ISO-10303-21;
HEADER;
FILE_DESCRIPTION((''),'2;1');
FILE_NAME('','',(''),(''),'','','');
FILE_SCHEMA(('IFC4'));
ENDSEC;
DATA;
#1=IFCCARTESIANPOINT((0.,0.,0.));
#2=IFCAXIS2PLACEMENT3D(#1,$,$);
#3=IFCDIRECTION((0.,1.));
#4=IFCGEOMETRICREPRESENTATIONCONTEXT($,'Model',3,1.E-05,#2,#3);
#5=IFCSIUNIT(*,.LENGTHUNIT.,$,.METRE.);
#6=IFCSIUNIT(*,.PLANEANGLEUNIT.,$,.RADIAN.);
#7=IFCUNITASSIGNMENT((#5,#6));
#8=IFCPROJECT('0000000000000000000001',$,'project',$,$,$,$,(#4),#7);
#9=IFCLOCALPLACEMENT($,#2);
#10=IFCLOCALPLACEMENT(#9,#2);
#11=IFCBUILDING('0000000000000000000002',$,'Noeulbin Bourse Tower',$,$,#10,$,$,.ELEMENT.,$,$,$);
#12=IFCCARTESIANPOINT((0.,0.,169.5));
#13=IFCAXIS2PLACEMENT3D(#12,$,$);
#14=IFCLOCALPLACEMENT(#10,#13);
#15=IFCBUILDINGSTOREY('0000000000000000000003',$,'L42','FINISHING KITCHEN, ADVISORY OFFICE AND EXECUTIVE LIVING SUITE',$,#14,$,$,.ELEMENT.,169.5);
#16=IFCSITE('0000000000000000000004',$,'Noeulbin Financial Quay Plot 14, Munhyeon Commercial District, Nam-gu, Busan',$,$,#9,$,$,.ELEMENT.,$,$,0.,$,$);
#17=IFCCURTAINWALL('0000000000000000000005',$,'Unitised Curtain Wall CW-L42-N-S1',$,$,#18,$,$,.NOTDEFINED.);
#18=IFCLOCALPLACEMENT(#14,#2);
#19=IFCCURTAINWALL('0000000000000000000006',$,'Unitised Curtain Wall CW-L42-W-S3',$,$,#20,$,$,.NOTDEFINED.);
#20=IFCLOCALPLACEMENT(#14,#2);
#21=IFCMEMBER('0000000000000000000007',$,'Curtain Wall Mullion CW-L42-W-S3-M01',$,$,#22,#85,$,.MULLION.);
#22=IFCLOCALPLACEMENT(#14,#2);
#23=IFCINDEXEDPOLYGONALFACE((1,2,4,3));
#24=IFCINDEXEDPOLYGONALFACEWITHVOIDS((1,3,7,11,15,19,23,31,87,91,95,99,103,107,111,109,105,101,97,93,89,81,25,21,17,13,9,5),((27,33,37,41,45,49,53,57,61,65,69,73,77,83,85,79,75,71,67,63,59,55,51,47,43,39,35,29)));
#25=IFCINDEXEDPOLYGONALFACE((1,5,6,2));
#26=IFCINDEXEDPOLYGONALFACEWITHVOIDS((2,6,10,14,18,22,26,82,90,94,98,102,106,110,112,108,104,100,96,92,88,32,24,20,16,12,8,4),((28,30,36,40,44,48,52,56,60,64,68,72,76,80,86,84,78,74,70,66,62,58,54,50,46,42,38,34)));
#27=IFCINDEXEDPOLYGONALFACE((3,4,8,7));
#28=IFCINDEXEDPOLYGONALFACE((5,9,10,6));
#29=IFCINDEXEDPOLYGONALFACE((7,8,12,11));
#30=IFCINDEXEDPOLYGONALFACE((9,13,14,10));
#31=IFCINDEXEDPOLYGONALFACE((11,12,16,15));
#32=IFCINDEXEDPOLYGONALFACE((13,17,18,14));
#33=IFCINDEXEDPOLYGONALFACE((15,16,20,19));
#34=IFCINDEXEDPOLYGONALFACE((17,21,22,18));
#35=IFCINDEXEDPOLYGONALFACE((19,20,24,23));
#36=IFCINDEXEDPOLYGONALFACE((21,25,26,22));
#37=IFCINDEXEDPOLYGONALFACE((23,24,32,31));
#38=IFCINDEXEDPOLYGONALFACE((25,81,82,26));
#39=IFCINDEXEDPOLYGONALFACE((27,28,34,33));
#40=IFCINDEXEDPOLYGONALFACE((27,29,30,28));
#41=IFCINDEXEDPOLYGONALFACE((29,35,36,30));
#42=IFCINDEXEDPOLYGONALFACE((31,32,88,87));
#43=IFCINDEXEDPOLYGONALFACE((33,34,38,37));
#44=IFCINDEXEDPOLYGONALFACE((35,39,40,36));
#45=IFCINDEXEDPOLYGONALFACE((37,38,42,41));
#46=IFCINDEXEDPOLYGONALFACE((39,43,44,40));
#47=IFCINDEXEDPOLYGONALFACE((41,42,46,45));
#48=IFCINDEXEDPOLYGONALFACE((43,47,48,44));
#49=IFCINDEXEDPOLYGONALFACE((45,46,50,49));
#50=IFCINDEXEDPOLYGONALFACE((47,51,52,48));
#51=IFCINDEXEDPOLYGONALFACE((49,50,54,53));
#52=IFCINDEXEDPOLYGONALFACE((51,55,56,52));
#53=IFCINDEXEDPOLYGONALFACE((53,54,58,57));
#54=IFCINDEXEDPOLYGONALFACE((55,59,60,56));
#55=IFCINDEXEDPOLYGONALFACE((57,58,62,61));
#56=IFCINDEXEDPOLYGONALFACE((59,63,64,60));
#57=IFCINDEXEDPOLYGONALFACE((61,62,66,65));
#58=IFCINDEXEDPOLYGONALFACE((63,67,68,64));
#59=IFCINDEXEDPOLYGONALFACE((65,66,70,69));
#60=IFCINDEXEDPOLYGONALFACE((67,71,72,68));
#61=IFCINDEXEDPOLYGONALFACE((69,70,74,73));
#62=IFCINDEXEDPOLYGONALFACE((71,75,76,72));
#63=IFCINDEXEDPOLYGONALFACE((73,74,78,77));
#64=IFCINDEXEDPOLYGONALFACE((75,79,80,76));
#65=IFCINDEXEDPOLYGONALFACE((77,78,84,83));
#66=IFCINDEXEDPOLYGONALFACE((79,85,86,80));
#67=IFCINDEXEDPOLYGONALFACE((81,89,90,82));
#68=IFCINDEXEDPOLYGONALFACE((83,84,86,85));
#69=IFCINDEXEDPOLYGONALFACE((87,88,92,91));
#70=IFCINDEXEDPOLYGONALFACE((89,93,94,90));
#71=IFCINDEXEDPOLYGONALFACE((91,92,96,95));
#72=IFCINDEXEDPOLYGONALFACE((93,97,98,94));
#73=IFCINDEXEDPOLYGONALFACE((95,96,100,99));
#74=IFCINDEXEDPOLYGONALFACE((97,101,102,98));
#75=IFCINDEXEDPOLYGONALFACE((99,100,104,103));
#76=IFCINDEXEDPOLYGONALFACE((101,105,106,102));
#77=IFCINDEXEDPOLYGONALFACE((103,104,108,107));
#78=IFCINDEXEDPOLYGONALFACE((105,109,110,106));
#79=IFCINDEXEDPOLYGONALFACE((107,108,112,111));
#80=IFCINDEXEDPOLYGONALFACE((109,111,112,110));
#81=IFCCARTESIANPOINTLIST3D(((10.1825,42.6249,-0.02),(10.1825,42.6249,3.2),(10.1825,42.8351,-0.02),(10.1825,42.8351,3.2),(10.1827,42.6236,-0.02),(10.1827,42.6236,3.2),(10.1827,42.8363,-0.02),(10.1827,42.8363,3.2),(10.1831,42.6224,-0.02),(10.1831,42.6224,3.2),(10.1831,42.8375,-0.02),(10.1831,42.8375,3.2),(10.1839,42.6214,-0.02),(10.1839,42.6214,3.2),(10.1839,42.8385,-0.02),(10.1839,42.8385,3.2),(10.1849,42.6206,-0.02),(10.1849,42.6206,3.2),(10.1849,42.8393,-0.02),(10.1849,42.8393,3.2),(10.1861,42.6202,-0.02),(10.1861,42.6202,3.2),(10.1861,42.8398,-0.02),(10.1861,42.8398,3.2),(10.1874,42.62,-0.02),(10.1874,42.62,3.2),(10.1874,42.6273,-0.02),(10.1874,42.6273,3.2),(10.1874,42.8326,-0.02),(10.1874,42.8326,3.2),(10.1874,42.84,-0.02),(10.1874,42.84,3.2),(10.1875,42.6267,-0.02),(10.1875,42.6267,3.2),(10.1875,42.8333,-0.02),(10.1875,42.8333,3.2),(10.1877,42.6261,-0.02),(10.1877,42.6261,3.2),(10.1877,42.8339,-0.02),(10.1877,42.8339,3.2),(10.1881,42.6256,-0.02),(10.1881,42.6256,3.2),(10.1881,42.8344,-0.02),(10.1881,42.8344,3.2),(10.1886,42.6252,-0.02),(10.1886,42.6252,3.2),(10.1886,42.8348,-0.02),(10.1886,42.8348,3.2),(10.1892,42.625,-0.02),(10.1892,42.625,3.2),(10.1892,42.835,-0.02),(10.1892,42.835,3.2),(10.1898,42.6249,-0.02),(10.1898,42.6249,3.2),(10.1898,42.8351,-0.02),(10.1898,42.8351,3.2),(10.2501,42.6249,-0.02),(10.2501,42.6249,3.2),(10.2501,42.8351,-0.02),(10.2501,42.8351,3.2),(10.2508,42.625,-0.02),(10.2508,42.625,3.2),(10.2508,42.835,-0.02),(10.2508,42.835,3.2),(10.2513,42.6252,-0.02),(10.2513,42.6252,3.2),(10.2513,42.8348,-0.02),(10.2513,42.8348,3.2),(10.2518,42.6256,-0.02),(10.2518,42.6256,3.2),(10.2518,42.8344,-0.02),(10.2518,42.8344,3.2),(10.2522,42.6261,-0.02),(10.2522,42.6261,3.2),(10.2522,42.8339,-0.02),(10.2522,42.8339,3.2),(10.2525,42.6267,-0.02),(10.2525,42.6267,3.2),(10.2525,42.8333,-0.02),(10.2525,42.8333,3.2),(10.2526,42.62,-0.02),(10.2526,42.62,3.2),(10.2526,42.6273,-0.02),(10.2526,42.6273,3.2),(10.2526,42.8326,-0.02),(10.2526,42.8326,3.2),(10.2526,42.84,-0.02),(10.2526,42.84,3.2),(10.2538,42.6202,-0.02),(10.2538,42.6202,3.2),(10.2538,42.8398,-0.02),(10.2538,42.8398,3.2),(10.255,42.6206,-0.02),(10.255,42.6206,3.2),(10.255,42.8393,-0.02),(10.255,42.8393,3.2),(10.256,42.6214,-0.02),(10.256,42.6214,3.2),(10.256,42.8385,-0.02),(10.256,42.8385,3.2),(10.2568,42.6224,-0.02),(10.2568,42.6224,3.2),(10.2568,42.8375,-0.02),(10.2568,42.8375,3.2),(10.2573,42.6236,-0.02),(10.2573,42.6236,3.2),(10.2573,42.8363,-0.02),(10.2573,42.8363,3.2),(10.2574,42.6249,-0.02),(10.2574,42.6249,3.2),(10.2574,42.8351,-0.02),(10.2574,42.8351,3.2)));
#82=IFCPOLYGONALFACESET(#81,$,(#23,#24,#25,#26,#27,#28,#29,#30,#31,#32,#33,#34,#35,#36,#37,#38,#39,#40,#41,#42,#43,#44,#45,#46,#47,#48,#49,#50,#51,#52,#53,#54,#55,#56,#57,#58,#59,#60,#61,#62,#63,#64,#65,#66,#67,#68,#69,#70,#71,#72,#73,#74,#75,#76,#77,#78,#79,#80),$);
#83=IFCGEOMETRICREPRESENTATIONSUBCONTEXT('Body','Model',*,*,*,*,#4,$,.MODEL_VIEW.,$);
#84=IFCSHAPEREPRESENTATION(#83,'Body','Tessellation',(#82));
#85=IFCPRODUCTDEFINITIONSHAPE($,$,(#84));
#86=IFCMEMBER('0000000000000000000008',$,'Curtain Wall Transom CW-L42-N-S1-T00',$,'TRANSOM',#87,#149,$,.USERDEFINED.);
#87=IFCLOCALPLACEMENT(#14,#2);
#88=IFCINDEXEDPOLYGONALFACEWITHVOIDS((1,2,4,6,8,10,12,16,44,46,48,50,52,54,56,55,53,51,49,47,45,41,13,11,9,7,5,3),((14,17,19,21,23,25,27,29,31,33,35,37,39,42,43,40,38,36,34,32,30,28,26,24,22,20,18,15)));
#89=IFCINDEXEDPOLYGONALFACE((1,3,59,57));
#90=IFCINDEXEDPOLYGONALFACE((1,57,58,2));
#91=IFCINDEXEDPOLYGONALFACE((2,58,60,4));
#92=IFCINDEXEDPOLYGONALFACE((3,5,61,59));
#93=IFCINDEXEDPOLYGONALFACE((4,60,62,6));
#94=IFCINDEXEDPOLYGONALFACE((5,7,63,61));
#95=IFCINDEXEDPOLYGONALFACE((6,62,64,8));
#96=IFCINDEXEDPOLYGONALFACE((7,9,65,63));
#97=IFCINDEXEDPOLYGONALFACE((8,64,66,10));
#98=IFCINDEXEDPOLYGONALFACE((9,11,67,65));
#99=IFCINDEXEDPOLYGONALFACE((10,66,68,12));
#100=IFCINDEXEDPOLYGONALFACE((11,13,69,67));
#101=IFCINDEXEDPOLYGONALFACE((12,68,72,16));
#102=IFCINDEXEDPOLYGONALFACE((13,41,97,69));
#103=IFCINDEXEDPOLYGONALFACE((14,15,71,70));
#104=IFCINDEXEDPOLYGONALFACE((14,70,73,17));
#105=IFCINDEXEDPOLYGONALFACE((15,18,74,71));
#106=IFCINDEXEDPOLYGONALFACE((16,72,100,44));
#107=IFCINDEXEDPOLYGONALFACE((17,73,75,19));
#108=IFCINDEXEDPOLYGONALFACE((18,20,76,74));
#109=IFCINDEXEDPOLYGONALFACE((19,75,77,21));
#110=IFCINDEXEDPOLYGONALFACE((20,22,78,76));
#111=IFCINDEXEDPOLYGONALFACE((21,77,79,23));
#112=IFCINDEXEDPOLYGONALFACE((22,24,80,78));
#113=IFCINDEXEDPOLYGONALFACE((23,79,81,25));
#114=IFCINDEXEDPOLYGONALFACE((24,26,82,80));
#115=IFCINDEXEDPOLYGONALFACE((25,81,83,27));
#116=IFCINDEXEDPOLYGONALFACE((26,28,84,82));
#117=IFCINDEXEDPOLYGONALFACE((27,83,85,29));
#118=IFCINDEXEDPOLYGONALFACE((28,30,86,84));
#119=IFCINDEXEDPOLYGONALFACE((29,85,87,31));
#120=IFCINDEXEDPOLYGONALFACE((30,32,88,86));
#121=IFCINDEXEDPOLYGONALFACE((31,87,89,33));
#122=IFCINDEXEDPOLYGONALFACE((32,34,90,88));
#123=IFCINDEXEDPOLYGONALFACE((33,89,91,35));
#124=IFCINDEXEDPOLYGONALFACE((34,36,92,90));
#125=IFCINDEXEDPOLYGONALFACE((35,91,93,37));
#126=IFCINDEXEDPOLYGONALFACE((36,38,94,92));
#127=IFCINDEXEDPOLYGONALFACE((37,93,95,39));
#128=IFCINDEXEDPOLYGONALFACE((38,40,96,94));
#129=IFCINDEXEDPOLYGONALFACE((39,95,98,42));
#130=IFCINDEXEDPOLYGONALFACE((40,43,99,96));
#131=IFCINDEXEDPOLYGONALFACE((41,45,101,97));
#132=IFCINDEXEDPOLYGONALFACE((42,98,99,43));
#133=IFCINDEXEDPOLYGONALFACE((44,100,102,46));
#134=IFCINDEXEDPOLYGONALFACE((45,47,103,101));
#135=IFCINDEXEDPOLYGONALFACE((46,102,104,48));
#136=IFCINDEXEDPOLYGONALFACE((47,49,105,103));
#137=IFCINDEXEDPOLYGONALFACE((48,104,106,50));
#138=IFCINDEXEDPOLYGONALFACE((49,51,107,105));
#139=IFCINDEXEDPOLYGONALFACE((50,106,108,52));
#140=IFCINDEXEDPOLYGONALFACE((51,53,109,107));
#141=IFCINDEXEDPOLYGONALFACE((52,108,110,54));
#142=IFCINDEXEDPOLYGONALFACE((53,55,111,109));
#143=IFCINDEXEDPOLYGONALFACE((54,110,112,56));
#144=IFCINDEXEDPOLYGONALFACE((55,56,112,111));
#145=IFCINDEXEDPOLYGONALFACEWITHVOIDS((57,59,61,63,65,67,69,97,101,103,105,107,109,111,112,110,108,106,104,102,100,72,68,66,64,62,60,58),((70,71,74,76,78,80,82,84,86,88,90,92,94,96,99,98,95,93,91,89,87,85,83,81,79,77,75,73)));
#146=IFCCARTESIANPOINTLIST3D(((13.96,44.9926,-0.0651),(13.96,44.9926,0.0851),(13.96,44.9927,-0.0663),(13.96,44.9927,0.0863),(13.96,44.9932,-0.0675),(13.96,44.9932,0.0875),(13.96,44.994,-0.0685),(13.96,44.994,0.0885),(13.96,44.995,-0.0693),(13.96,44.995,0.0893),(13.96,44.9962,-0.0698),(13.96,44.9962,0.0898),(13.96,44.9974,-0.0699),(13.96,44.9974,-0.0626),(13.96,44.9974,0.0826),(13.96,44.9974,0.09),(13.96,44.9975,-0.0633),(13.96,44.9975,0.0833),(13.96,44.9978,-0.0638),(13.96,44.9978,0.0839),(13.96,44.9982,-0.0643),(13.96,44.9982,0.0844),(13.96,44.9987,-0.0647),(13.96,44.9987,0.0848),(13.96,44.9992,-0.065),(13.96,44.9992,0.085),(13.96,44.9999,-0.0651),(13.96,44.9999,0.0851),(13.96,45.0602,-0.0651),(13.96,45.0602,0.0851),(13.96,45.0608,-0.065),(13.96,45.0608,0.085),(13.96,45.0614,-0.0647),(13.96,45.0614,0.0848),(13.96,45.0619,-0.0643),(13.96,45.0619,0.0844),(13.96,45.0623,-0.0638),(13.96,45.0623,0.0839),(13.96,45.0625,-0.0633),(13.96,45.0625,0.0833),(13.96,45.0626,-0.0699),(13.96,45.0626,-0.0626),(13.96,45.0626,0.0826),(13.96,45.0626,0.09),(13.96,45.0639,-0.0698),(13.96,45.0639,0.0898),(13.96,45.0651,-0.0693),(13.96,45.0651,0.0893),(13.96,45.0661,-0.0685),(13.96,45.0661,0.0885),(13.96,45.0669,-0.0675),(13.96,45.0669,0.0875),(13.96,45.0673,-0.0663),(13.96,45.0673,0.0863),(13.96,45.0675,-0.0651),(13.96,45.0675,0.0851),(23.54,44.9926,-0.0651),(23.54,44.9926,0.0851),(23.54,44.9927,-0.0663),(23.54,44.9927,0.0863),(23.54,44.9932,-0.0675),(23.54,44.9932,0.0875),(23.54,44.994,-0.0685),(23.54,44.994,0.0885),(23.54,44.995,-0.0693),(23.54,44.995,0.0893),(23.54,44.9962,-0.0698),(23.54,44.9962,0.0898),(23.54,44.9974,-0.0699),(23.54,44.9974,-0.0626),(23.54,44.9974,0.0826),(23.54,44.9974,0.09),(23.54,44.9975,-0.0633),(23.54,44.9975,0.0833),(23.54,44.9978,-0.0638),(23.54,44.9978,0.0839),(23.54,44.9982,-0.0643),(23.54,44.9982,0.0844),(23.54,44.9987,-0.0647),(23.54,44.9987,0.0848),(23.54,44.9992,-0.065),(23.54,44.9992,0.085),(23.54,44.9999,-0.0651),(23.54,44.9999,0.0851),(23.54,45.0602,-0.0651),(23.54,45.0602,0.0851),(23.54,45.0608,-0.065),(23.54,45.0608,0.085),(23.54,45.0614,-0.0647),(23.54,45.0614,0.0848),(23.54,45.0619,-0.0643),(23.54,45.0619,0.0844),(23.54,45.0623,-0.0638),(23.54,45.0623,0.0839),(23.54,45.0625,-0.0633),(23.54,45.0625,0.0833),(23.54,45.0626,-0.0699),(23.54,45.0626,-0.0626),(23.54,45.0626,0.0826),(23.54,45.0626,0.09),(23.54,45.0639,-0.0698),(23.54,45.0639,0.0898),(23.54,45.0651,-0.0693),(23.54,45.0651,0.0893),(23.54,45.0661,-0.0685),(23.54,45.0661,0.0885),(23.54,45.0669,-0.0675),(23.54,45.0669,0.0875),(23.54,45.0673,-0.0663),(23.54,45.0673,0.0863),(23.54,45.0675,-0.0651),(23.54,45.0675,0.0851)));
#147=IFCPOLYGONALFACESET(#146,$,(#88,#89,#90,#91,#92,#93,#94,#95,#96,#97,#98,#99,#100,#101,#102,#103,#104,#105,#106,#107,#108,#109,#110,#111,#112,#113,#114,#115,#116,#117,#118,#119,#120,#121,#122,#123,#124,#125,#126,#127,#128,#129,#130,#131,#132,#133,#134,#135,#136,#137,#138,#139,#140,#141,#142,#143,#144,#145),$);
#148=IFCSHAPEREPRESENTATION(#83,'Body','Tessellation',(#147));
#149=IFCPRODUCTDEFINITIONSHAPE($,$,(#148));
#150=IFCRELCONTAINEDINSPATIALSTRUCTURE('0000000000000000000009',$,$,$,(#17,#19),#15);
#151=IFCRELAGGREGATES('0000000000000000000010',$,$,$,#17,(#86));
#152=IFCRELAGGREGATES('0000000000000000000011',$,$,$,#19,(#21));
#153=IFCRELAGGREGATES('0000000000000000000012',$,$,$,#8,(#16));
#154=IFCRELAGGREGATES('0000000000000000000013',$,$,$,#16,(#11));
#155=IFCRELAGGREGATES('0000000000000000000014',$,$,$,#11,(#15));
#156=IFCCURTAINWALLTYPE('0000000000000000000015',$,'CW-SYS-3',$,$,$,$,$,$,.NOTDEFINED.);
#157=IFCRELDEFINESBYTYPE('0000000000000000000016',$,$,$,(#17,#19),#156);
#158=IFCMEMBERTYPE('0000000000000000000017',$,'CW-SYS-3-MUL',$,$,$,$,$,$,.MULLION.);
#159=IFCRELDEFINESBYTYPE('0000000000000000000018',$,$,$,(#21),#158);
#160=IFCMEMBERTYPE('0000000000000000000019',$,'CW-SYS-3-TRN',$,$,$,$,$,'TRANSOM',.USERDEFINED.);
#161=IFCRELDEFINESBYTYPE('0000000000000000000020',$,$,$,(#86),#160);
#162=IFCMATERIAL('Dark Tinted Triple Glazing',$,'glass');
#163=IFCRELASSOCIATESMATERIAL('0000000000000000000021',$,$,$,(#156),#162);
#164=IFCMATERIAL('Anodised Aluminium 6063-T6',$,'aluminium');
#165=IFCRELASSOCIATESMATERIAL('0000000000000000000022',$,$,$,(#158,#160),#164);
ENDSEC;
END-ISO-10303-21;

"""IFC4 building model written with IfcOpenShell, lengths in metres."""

from ifc_helpers import new_model, si_unit, direction, frame, origin, origin_2d, place, context, subcontext, project, spatial, hollow_rectangle, extrude, material, material_profile, profile_set, type_object, element, aggregate, save


model = new_model("IFC4")

# Units and contexts
model_context = context("Model", 3, precision=1e-05, world=origin(), true_north=direction((0.0, 1.0)))
body_context = subcontext(model_context, "Body", "Model", "MODEL_VIEW")
ifc_project = project(units=[si_unit("LENGTHUNIT", "METRE"), si_unit("PLANEANGLEUNIT", "RADIAN")], contexts=[model_context])

# Site, building, storey
site_placement = place(None, origin())
site = spatial("IfcSite", under=ifc_project, at=site_placement, Name="Noeulbin Financial Quay Plot 14, Munhyeon Commercial District, Nam-gu, Busan", CompositionType="ELEMENT", RefElevation=0.0)
building_placement = place(site_placement, origin())
building = spatial("IfcBuilding", under=site, at=building_placement, Name="Noeulbin Bourse Tower", CompositionType="ELEMENT")
storey_placement = place(building_placement, frame((0.0, 0.0, 169.5)))
storey = spatial("IfcBuildingStorey", under=building, at=storey_placement, Name="L42", Description="FINISHING KITCHEN, ADVISORY OFFICE AND EXECUTIVE LIVING SUITE", CompositionType="ELEMENT", Elevation=169.5)

# Curtain wall
ifc_material_1 = material(Name="Dark Tinted Triple Glazing", Category="glass")
curtain_wall_type = type_object("IfcCurtainWallType", Name="CW-SYS-3", PredefinedType="NOTDEFINED", material=ifc_material_1)
curtain_wall_1_placement = place(storey_placement, origin())
curtain_wall_1 = element("IfcCurtainWall", 1, at=curtain_wall_1_placement, inside=storey, type_object=curtain_wall_type, Name="Unitised Curtain Wall CW-L42-N-S1", PredefinedType="NOTDEFINED")
ifc_material_2 = material(Name="Anodised Aluminium 6063-T6", Category="aluminium")
ifc_material_profile_1 = material_profile(ifc_material_2, hollow_rectangle(XDim=0.075, YDim=0.22, WallThickness=0.0049, InnerFilletRadius=0.0024, OuterFilletRadius=0.0049, at=origin_2d()), Name="ALU-MULL-75x220x5", Category="LoadBearing")
ifc_profile_set_1 = profile_set([ifc_material_profile_1], Name="Anodised Aluminium 6063-T6")
member_type_1 = type_object("IfcMemberType", Name="CW-SYS-3-MUL", PredefinedType="MULLION", material=ifc_profile_set_1)

# Curtain wall, member
curtain_wall_2_placement = place(storey_placement, origin())
curtain_wall_2 = element("IfcCurtainWall", 2, at=curtain_wall_2_placement, inside=storey, type_object=curtain_wall_type, Name="Unitised Curtain Wall CW-L42-W-S3", PredefinedType="NOTDEFINED")
member_1_placement = place(storey_placement, frame((10.22, 42.73, -0.02), z_axis=(0.0, 0.0, 1.0), x_axis=(1.0, 0.0, 0.0)))
member_1 = element("IfcMember", 3, at=member_1_placement, type_object=member_type_1, Name="Curtain Wall Mullion CW-L42-W-S3-M01", PredefinedType="MULLION", context=body_context, shape_type="SweptSolid", body=[
    extrude(hollow_rectangle(XDim=0.075, YDim=0.22, WallThickness=0.0049, InnerFilletRadius=0.0024, OuterFilletRadius=0.0049, at=origin_2d()), origin(), (0.0, 0.0, 1.0), 3.22),
])

# Member
ifc_material_profile_2 = material_profile(ifc_material_2, hollow_rectangle(XDim=0.075, YDim=0.1599, WallThickness=0.0049, InnerFilletRadius=0.0024, OuterFilletRadius=0.0049, at=origin_2d()), Name="ALU-TRAN-75x160x5", Category="LoadBearing")
ifc_profile_set_2 = profile_set([ifc_material_profile_2], Name="Anodised Aluminium 6063-T6")
member_type_2 = type_object("IfcMemberType", Name="CW-SYS-3-TRN", ElementType="TRANSOM", PredefinedType="USERDEFINED", material=ifc_profile_set_2)
member_2_placement = place(storey_placement, frame((13.96, 45.03, 0.01), z_axis=(1.0, 0.0, 0.0), x_axis=(0.0, 1.0, 0.0)))
member_2 = element("IfcMember", 4, at=member_2_placement, type_object=member_type_2, Name="Curtain Wall Transom CW-L42-N-S1-T00", ObjectType="TRANSOM", PredefinedType="USERDEFINED", context=body_context, shape_type="SweptSolid", body=[
    extrude(hollow_rectangle(XDim=0.075, YDim=0.1599, WallThickness=0.0049, InnerFilletRadius=0.0024, OuterFilletRadius=0.0049, at=origin_2d()), origin(), (0.0, 0.0, 1.0), 9.5801),
])
aggregate(curtain_wall_1, [member_2])

aggregate(curtain_wall_2, [member_1])

save(model, "model.ifc")
